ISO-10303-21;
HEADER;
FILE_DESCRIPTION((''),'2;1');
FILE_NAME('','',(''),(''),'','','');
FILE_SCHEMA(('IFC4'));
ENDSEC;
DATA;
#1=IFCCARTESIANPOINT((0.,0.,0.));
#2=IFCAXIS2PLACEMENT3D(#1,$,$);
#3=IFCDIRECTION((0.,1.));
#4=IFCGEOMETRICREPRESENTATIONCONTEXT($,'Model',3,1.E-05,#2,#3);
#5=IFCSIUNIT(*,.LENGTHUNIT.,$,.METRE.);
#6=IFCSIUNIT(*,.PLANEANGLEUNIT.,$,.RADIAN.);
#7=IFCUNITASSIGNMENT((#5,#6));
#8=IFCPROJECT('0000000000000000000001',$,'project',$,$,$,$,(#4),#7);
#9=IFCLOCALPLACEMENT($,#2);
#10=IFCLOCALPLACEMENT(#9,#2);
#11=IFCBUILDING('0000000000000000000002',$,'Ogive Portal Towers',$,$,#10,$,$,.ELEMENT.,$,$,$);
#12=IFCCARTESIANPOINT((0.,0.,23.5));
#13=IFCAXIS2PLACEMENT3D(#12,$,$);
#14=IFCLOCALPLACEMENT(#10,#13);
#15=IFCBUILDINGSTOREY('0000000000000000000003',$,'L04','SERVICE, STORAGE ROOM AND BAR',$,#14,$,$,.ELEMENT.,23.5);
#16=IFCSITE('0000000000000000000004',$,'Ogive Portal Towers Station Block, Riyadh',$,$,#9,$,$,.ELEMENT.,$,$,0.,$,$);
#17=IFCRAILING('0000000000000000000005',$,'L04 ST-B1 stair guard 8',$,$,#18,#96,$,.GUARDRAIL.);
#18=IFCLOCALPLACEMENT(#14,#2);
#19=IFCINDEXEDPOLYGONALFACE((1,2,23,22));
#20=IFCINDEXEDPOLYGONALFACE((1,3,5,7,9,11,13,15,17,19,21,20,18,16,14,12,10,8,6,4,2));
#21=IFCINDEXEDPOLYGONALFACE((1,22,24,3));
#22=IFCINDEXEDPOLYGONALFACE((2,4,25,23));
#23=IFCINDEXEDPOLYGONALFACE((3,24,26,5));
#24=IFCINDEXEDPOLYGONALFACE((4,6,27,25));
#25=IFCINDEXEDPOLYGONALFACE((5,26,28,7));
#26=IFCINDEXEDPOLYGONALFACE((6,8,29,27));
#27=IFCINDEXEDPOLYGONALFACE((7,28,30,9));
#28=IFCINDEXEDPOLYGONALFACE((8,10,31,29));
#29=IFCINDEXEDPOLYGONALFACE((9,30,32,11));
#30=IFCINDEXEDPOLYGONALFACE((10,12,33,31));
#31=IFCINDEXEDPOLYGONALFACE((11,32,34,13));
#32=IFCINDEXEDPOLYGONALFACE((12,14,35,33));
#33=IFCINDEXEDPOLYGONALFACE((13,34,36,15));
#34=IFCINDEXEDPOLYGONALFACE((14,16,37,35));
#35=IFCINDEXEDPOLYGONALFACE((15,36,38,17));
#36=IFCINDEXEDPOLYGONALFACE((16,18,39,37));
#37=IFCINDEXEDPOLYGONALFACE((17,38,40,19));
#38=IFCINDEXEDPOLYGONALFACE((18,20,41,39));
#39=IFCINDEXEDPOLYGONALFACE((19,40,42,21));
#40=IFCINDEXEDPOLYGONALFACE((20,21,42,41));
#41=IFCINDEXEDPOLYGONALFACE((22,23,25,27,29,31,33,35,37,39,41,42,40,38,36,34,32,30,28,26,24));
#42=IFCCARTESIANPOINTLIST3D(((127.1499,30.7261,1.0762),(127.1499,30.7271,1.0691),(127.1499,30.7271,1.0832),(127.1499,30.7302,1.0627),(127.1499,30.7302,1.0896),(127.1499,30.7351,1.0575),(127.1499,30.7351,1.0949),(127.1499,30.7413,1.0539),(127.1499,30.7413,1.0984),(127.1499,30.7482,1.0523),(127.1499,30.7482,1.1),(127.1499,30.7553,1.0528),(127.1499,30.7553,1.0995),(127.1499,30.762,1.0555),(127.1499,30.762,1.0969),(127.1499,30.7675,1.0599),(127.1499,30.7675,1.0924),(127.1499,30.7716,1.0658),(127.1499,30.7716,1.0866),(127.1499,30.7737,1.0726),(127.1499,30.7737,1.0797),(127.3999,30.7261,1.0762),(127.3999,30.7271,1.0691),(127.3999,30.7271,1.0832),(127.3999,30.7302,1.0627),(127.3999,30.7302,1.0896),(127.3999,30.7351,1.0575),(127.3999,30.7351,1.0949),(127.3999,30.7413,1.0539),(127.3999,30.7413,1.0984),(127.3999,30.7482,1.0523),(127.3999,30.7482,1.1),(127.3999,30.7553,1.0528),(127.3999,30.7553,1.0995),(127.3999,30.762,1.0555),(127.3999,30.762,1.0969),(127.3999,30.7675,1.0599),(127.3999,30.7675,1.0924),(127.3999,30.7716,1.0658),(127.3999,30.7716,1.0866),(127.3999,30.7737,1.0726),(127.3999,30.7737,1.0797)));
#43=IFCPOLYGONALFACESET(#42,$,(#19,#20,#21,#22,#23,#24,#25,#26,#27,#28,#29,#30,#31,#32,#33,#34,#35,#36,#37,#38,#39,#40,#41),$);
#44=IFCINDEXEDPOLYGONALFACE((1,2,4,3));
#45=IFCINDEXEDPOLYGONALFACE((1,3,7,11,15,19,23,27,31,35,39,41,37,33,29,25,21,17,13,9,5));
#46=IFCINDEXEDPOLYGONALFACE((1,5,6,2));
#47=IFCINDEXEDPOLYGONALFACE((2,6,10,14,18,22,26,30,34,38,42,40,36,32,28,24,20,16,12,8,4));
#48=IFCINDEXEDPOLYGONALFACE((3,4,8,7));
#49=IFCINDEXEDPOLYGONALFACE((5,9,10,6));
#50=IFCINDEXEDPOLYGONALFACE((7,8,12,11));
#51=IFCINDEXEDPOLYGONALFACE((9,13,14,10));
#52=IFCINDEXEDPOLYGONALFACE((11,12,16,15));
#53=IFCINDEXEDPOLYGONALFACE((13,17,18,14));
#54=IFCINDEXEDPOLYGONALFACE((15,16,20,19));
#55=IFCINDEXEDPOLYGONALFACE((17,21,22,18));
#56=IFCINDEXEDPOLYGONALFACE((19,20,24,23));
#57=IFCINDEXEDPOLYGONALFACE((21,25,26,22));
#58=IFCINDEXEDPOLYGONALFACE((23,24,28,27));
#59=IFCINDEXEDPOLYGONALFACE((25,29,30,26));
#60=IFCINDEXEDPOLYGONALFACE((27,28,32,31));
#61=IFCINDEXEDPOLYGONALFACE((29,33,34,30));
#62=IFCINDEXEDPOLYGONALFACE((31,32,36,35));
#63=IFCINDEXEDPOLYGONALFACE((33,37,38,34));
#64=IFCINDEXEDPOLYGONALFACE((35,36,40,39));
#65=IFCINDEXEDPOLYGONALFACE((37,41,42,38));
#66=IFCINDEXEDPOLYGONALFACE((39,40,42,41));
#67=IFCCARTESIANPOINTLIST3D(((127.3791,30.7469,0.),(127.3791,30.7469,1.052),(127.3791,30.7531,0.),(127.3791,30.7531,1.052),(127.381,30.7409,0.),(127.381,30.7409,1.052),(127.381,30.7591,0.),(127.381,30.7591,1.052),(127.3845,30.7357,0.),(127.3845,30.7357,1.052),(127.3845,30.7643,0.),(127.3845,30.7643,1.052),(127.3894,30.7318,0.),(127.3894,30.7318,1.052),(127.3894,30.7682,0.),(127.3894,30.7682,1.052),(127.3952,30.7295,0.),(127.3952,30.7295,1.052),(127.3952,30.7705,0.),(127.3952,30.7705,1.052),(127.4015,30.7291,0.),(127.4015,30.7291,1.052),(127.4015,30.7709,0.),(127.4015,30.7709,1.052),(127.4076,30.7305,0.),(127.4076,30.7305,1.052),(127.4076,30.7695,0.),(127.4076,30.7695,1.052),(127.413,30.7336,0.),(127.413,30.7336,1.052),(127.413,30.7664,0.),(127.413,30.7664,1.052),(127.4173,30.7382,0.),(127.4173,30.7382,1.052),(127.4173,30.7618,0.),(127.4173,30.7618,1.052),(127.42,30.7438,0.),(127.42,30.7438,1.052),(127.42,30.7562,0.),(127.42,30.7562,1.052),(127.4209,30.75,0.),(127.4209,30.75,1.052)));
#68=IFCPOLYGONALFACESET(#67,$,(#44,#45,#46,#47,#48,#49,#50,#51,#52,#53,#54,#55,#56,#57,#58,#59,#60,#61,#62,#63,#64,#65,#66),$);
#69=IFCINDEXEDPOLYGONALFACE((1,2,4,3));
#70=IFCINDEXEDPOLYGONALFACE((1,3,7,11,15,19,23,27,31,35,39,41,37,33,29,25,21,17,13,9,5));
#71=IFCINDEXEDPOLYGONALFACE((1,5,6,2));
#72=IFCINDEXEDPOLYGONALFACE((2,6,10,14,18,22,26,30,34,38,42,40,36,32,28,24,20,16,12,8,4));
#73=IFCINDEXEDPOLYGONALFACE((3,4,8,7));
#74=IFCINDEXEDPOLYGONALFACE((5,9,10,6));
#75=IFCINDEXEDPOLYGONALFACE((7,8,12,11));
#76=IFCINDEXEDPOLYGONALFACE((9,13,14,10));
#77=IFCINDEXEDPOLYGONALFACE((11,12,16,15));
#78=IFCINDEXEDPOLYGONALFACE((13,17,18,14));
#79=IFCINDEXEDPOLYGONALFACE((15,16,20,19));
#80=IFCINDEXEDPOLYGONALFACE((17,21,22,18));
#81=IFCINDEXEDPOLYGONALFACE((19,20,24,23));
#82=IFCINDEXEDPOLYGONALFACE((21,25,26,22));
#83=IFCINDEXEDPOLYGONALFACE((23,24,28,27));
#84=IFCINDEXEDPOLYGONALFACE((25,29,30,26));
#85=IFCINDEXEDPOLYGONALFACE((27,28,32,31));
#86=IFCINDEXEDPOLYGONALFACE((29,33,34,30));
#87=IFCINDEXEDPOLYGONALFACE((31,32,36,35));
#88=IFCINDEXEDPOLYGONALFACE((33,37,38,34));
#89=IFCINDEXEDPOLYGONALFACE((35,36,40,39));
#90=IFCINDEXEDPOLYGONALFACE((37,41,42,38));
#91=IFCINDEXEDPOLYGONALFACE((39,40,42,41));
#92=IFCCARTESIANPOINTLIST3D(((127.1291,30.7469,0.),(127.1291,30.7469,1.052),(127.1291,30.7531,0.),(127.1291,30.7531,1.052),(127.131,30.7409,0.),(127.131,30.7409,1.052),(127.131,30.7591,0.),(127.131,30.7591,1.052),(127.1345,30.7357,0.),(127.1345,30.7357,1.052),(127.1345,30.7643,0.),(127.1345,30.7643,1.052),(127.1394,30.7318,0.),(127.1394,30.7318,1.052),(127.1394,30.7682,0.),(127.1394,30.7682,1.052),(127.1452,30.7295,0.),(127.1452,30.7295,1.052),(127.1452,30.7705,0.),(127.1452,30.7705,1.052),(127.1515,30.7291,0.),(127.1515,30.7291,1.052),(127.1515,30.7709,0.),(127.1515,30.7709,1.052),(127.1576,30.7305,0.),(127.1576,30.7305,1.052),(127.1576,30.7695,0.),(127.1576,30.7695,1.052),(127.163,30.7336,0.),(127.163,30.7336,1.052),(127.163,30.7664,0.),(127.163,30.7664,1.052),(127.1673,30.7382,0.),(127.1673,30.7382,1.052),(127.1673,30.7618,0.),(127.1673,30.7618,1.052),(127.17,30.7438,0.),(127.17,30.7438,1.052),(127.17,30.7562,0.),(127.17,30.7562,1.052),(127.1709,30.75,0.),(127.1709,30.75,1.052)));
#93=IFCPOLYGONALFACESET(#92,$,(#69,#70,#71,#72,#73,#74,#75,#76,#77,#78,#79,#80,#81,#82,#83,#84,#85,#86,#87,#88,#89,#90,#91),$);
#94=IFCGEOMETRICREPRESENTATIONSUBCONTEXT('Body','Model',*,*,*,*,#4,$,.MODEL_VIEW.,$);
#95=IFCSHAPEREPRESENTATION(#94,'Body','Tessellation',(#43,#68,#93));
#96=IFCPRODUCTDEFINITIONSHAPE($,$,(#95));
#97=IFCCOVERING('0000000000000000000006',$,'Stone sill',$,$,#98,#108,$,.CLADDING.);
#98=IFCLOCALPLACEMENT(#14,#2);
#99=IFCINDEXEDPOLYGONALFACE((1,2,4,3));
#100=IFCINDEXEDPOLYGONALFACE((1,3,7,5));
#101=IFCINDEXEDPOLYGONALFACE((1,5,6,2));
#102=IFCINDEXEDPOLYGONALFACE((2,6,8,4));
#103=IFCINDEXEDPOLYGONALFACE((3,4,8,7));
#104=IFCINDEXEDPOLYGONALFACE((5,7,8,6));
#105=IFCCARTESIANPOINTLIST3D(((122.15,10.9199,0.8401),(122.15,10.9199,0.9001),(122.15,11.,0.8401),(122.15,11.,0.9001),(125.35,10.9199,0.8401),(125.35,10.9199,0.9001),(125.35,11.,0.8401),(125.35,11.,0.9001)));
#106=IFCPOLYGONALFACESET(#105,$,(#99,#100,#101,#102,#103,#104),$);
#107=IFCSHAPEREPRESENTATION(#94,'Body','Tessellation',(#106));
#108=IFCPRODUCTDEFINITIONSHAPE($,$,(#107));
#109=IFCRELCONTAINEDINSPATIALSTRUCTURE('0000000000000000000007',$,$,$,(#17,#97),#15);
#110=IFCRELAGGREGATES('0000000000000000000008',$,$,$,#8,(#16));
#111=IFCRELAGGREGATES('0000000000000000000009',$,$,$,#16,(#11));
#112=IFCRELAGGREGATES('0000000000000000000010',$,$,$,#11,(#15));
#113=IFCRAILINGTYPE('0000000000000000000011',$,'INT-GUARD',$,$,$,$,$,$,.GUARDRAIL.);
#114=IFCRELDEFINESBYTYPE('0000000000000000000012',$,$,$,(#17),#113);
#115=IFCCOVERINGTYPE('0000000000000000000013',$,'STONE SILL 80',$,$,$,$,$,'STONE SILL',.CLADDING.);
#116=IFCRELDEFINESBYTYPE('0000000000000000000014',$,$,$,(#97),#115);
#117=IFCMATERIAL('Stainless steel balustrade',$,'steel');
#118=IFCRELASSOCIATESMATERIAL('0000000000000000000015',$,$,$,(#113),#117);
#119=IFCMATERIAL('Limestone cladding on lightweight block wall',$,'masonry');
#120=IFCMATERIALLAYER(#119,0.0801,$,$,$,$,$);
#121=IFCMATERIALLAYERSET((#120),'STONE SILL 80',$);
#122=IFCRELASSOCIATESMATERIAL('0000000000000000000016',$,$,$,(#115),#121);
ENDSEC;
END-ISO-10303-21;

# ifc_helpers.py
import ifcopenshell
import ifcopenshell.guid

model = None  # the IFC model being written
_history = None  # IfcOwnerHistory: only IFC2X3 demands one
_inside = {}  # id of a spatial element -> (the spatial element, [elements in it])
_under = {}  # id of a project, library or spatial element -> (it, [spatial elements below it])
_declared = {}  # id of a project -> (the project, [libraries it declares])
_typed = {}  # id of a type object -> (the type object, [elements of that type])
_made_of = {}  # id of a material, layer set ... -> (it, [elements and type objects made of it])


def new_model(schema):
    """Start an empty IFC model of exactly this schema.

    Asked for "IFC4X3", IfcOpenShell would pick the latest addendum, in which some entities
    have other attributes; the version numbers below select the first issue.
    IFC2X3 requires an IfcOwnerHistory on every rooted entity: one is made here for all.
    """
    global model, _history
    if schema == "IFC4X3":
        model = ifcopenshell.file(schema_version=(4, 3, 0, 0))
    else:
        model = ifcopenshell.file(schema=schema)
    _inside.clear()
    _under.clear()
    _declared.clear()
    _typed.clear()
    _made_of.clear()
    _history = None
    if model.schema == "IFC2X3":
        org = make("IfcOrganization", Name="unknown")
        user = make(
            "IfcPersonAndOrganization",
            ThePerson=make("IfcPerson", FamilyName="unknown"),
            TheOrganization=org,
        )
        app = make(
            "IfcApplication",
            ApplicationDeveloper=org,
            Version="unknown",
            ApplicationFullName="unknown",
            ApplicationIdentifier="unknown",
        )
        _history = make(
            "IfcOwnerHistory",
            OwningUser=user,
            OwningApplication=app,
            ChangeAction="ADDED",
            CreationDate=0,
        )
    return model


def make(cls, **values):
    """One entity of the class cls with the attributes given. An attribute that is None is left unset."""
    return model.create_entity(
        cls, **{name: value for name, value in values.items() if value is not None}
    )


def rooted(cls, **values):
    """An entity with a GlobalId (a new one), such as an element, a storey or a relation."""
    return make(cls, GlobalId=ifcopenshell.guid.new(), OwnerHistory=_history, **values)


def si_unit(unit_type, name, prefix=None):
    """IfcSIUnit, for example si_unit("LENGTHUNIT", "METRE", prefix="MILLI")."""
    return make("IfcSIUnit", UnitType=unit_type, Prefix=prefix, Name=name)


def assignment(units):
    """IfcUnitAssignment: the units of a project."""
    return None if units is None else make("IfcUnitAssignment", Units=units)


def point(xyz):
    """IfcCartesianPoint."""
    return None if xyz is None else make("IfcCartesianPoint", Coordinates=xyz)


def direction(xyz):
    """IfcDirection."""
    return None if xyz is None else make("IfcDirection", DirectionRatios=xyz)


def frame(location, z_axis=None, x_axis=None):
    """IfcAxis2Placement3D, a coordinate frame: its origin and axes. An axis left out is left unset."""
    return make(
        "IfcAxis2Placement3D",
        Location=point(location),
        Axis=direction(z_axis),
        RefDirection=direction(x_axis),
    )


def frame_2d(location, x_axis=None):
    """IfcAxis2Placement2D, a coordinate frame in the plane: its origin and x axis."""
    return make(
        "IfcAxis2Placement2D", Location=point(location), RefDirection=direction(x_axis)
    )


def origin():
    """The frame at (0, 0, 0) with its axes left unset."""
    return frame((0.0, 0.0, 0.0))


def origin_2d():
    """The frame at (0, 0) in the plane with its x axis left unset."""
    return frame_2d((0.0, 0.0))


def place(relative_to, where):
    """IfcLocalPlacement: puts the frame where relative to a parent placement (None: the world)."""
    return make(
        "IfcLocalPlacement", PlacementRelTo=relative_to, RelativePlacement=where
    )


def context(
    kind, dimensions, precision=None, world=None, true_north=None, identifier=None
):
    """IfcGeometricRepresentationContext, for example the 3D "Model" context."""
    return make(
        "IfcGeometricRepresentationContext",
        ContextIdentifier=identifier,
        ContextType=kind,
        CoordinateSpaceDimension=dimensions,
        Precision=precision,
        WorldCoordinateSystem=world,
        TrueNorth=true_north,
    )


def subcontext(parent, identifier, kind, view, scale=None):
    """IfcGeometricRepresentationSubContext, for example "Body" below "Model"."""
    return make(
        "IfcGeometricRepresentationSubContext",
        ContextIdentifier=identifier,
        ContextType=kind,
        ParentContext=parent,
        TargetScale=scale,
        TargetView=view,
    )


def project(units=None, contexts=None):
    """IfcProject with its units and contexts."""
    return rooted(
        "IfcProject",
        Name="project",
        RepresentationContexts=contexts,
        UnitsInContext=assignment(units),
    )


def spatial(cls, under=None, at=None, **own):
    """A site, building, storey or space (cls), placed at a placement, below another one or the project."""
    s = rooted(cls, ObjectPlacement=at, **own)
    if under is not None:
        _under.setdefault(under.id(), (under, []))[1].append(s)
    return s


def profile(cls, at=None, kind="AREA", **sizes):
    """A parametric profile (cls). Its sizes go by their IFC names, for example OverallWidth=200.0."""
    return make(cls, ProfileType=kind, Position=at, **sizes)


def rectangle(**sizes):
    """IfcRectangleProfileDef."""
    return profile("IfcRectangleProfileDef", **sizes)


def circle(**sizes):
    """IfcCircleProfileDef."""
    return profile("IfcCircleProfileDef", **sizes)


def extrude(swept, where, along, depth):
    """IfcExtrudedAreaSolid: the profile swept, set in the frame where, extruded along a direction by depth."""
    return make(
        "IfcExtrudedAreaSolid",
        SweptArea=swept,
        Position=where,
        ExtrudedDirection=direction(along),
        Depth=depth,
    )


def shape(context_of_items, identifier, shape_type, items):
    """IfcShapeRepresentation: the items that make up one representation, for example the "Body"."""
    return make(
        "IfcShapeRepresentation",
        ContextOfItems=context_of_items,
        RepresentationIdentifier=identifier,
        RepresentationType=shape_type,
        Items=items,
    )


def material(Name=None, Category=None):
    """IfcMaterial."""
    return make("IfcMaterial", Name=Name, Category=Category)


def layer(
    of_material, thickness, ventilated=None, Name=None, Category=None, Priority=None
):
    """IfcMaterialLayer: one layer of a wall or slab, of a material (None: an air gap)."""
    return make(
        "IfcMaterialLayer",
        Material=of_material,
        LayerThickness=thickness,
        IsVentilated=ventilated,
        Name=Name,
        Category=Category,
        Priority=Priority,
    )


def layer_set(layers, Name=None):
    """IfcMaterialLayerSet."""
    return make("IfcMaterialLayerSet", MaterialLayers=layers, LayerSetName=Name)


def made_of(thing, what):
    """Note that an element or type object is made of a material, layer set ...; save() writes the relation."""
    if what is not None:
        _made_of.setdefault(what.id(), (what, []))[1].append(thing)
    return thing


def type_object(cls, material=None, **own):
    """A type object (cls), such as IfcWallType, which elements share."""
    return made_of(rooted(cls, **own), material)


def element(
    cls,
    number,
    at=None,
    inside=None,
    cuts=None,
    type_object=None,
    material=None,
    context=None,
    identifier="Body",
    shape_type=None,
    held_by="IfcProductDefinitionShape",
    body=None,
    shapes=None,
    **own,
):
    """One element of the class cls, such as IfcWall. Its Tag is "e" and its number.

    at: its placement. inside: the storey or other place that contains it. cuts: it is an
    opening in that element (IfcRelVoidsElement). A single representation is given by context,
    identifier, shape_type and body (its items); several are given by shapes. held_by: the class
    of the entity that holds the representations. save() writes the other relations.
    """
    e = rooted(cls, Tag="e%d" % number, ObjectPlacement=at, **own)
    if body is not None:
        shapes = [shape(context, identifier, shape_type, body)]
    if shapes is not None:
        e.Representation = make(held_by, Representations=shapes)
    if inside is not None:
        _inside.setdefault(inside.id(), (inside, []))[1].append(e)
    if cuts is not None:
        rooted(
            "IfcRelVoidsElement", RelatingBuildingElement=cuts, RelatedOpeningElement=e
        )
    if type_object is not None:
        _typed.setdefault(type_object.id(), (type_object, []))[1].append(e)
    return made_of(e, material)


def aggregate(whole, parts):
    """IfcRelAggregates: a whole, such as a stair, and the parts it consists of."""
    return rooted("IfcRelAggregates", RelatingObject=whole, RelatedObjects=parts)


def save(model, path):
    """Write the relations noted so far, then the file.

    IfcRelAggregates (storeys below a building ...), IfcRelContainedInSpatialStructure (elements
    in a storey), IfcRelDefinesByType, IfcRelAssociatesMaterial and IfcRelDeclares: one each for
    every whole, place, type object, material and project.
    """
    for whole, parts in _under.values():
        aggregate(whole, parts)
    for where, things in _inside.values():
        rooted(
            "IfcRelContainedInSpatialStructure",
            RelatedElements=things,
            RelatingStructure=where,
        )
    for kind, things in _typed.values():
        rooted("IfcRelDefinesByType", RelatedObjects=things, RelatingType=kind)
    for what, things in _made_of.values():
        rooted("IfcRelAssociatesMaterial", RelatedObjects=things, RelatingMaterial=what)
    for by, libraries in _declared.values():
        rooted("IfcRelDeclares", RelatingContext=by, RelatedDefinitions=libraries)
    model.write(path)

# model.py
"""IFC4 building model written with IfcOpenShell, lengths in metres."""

from ifc_helpers import new_model, si_unit, direction, frame, origin, origin_2d, place, context, subcontext, project, spatial, rectangle, circle, extrude, material, layer, layer_set, type_object, element, save


model = new_model("IFC4")

# Units and contexts
model_context = context("Model", 3, precision=1e-05, world=origin(), true_north=direction((0.0, 1.0)))
body_context = subcontext(model_context, "Body", "Model", "MODEL_VIEW")
ifc_project = project(units=[si_unit("LENGTHUNIT", "METRE"), si_unit("PLANEANGLEUNIT", "RADIAN")], contexts=[model_context])

# Site, building, storey
site_placement = place(None, origin())
site = spatial("IfcSite", under=ifc_project, at=site_placement, Name="Ogive Portal Towers Station Block, Riyadh", CompositionType="ELEMENT", RefElevation=0.0)
building_placement = place(site_placement, origin())
building = spatial("IfcBuilding", under=site, at=building_placement, Name="Ogive Portal Towers", CompositionType="ELEMENT")
storey_placement = place(building_placement, frame((0.0, 0.0, 23.5)))
storey = spatial("IfcBuildingStorey", under=building, at=storey_placement, Name="L04", Description="SERVICE, STORAGE ROOM AND BAR", CompositionType="ELEMENT", Elevation=23.5)

# Shared definitions
ifc_material_1 = material(Name="Limestone cladding on lightweight block wall", Category="masonry")

# Railing
ifc_material_2 = material(Name="Stainless steel balustrade", Category="steel")
railing_type = type_object("IfcRailingType", Name="INT-GUARD", PredefinedType="GUARDRAIL", material=ifc_material_2)
for number, where, name in (
    (1, (127.3999, 30.75, 0.0), "L04 ST-B1 stair guard 8"),
):
    element("IfcRailing", number, at=place(storey_placement, frame(where)), inside=storey, type_object=railing_type, Name=name, PredefinedType="GUARDRAIL", context=body_context, shape_type="SweptSolid", body=[
        extrude(circle(Radius=0.0239, at=origin_2d()), frame((0.0, 0.0, 1.0762), z_axis=(-1.0, 0.0, 0.0), x_axis=(0.0, -1.0, 0.0)), (0.0, 0.0, 1.0), 0.25),
        extrude(circle(Radius=0.021, at=origin_2d()), origin(), (0.0, 0.0, 1.0), 1.052),
        extrude(circle(Radius=0.021, at=origin_2d()), frame((-0.25, 0.0, 0.0)), (0.0, 0.0, 1.0), 1.052),
    ])

# Covering
ifc_layer_1 = layer(ifc_material_1, 0.0801)
ifc_layer_set_1 = layer_set([ifc_layer_1], Name="STONE SILL 80")
covering_type = type_object("IfcCoveringType", Name="STONE SILL 80", ElementType="STONE SILL", PredefinedType="CLADDING", material=ifc_layer_set_1)
covering_placement = place(storey_placement, frame((123.75, 10.96, 0.8401), z_axis=(0.0, 0.0, 1.0), x_axis=(1.0, 0.0, 0.0)))
element("IfcCovering", 2, at=covering_placement, inside=storey, type_object=covering_type, Name="Stone sill", PredefinedType="CLADDING", context=body_context, shape_type="SweptSolid", body=[
    extrude(rectangle(XDim=3.2, YDim=0.0801, at=origin_2d()), origin(), (0.0, 0.0, 1.0), 0.0601),
])

save(model, "model.ifc")
